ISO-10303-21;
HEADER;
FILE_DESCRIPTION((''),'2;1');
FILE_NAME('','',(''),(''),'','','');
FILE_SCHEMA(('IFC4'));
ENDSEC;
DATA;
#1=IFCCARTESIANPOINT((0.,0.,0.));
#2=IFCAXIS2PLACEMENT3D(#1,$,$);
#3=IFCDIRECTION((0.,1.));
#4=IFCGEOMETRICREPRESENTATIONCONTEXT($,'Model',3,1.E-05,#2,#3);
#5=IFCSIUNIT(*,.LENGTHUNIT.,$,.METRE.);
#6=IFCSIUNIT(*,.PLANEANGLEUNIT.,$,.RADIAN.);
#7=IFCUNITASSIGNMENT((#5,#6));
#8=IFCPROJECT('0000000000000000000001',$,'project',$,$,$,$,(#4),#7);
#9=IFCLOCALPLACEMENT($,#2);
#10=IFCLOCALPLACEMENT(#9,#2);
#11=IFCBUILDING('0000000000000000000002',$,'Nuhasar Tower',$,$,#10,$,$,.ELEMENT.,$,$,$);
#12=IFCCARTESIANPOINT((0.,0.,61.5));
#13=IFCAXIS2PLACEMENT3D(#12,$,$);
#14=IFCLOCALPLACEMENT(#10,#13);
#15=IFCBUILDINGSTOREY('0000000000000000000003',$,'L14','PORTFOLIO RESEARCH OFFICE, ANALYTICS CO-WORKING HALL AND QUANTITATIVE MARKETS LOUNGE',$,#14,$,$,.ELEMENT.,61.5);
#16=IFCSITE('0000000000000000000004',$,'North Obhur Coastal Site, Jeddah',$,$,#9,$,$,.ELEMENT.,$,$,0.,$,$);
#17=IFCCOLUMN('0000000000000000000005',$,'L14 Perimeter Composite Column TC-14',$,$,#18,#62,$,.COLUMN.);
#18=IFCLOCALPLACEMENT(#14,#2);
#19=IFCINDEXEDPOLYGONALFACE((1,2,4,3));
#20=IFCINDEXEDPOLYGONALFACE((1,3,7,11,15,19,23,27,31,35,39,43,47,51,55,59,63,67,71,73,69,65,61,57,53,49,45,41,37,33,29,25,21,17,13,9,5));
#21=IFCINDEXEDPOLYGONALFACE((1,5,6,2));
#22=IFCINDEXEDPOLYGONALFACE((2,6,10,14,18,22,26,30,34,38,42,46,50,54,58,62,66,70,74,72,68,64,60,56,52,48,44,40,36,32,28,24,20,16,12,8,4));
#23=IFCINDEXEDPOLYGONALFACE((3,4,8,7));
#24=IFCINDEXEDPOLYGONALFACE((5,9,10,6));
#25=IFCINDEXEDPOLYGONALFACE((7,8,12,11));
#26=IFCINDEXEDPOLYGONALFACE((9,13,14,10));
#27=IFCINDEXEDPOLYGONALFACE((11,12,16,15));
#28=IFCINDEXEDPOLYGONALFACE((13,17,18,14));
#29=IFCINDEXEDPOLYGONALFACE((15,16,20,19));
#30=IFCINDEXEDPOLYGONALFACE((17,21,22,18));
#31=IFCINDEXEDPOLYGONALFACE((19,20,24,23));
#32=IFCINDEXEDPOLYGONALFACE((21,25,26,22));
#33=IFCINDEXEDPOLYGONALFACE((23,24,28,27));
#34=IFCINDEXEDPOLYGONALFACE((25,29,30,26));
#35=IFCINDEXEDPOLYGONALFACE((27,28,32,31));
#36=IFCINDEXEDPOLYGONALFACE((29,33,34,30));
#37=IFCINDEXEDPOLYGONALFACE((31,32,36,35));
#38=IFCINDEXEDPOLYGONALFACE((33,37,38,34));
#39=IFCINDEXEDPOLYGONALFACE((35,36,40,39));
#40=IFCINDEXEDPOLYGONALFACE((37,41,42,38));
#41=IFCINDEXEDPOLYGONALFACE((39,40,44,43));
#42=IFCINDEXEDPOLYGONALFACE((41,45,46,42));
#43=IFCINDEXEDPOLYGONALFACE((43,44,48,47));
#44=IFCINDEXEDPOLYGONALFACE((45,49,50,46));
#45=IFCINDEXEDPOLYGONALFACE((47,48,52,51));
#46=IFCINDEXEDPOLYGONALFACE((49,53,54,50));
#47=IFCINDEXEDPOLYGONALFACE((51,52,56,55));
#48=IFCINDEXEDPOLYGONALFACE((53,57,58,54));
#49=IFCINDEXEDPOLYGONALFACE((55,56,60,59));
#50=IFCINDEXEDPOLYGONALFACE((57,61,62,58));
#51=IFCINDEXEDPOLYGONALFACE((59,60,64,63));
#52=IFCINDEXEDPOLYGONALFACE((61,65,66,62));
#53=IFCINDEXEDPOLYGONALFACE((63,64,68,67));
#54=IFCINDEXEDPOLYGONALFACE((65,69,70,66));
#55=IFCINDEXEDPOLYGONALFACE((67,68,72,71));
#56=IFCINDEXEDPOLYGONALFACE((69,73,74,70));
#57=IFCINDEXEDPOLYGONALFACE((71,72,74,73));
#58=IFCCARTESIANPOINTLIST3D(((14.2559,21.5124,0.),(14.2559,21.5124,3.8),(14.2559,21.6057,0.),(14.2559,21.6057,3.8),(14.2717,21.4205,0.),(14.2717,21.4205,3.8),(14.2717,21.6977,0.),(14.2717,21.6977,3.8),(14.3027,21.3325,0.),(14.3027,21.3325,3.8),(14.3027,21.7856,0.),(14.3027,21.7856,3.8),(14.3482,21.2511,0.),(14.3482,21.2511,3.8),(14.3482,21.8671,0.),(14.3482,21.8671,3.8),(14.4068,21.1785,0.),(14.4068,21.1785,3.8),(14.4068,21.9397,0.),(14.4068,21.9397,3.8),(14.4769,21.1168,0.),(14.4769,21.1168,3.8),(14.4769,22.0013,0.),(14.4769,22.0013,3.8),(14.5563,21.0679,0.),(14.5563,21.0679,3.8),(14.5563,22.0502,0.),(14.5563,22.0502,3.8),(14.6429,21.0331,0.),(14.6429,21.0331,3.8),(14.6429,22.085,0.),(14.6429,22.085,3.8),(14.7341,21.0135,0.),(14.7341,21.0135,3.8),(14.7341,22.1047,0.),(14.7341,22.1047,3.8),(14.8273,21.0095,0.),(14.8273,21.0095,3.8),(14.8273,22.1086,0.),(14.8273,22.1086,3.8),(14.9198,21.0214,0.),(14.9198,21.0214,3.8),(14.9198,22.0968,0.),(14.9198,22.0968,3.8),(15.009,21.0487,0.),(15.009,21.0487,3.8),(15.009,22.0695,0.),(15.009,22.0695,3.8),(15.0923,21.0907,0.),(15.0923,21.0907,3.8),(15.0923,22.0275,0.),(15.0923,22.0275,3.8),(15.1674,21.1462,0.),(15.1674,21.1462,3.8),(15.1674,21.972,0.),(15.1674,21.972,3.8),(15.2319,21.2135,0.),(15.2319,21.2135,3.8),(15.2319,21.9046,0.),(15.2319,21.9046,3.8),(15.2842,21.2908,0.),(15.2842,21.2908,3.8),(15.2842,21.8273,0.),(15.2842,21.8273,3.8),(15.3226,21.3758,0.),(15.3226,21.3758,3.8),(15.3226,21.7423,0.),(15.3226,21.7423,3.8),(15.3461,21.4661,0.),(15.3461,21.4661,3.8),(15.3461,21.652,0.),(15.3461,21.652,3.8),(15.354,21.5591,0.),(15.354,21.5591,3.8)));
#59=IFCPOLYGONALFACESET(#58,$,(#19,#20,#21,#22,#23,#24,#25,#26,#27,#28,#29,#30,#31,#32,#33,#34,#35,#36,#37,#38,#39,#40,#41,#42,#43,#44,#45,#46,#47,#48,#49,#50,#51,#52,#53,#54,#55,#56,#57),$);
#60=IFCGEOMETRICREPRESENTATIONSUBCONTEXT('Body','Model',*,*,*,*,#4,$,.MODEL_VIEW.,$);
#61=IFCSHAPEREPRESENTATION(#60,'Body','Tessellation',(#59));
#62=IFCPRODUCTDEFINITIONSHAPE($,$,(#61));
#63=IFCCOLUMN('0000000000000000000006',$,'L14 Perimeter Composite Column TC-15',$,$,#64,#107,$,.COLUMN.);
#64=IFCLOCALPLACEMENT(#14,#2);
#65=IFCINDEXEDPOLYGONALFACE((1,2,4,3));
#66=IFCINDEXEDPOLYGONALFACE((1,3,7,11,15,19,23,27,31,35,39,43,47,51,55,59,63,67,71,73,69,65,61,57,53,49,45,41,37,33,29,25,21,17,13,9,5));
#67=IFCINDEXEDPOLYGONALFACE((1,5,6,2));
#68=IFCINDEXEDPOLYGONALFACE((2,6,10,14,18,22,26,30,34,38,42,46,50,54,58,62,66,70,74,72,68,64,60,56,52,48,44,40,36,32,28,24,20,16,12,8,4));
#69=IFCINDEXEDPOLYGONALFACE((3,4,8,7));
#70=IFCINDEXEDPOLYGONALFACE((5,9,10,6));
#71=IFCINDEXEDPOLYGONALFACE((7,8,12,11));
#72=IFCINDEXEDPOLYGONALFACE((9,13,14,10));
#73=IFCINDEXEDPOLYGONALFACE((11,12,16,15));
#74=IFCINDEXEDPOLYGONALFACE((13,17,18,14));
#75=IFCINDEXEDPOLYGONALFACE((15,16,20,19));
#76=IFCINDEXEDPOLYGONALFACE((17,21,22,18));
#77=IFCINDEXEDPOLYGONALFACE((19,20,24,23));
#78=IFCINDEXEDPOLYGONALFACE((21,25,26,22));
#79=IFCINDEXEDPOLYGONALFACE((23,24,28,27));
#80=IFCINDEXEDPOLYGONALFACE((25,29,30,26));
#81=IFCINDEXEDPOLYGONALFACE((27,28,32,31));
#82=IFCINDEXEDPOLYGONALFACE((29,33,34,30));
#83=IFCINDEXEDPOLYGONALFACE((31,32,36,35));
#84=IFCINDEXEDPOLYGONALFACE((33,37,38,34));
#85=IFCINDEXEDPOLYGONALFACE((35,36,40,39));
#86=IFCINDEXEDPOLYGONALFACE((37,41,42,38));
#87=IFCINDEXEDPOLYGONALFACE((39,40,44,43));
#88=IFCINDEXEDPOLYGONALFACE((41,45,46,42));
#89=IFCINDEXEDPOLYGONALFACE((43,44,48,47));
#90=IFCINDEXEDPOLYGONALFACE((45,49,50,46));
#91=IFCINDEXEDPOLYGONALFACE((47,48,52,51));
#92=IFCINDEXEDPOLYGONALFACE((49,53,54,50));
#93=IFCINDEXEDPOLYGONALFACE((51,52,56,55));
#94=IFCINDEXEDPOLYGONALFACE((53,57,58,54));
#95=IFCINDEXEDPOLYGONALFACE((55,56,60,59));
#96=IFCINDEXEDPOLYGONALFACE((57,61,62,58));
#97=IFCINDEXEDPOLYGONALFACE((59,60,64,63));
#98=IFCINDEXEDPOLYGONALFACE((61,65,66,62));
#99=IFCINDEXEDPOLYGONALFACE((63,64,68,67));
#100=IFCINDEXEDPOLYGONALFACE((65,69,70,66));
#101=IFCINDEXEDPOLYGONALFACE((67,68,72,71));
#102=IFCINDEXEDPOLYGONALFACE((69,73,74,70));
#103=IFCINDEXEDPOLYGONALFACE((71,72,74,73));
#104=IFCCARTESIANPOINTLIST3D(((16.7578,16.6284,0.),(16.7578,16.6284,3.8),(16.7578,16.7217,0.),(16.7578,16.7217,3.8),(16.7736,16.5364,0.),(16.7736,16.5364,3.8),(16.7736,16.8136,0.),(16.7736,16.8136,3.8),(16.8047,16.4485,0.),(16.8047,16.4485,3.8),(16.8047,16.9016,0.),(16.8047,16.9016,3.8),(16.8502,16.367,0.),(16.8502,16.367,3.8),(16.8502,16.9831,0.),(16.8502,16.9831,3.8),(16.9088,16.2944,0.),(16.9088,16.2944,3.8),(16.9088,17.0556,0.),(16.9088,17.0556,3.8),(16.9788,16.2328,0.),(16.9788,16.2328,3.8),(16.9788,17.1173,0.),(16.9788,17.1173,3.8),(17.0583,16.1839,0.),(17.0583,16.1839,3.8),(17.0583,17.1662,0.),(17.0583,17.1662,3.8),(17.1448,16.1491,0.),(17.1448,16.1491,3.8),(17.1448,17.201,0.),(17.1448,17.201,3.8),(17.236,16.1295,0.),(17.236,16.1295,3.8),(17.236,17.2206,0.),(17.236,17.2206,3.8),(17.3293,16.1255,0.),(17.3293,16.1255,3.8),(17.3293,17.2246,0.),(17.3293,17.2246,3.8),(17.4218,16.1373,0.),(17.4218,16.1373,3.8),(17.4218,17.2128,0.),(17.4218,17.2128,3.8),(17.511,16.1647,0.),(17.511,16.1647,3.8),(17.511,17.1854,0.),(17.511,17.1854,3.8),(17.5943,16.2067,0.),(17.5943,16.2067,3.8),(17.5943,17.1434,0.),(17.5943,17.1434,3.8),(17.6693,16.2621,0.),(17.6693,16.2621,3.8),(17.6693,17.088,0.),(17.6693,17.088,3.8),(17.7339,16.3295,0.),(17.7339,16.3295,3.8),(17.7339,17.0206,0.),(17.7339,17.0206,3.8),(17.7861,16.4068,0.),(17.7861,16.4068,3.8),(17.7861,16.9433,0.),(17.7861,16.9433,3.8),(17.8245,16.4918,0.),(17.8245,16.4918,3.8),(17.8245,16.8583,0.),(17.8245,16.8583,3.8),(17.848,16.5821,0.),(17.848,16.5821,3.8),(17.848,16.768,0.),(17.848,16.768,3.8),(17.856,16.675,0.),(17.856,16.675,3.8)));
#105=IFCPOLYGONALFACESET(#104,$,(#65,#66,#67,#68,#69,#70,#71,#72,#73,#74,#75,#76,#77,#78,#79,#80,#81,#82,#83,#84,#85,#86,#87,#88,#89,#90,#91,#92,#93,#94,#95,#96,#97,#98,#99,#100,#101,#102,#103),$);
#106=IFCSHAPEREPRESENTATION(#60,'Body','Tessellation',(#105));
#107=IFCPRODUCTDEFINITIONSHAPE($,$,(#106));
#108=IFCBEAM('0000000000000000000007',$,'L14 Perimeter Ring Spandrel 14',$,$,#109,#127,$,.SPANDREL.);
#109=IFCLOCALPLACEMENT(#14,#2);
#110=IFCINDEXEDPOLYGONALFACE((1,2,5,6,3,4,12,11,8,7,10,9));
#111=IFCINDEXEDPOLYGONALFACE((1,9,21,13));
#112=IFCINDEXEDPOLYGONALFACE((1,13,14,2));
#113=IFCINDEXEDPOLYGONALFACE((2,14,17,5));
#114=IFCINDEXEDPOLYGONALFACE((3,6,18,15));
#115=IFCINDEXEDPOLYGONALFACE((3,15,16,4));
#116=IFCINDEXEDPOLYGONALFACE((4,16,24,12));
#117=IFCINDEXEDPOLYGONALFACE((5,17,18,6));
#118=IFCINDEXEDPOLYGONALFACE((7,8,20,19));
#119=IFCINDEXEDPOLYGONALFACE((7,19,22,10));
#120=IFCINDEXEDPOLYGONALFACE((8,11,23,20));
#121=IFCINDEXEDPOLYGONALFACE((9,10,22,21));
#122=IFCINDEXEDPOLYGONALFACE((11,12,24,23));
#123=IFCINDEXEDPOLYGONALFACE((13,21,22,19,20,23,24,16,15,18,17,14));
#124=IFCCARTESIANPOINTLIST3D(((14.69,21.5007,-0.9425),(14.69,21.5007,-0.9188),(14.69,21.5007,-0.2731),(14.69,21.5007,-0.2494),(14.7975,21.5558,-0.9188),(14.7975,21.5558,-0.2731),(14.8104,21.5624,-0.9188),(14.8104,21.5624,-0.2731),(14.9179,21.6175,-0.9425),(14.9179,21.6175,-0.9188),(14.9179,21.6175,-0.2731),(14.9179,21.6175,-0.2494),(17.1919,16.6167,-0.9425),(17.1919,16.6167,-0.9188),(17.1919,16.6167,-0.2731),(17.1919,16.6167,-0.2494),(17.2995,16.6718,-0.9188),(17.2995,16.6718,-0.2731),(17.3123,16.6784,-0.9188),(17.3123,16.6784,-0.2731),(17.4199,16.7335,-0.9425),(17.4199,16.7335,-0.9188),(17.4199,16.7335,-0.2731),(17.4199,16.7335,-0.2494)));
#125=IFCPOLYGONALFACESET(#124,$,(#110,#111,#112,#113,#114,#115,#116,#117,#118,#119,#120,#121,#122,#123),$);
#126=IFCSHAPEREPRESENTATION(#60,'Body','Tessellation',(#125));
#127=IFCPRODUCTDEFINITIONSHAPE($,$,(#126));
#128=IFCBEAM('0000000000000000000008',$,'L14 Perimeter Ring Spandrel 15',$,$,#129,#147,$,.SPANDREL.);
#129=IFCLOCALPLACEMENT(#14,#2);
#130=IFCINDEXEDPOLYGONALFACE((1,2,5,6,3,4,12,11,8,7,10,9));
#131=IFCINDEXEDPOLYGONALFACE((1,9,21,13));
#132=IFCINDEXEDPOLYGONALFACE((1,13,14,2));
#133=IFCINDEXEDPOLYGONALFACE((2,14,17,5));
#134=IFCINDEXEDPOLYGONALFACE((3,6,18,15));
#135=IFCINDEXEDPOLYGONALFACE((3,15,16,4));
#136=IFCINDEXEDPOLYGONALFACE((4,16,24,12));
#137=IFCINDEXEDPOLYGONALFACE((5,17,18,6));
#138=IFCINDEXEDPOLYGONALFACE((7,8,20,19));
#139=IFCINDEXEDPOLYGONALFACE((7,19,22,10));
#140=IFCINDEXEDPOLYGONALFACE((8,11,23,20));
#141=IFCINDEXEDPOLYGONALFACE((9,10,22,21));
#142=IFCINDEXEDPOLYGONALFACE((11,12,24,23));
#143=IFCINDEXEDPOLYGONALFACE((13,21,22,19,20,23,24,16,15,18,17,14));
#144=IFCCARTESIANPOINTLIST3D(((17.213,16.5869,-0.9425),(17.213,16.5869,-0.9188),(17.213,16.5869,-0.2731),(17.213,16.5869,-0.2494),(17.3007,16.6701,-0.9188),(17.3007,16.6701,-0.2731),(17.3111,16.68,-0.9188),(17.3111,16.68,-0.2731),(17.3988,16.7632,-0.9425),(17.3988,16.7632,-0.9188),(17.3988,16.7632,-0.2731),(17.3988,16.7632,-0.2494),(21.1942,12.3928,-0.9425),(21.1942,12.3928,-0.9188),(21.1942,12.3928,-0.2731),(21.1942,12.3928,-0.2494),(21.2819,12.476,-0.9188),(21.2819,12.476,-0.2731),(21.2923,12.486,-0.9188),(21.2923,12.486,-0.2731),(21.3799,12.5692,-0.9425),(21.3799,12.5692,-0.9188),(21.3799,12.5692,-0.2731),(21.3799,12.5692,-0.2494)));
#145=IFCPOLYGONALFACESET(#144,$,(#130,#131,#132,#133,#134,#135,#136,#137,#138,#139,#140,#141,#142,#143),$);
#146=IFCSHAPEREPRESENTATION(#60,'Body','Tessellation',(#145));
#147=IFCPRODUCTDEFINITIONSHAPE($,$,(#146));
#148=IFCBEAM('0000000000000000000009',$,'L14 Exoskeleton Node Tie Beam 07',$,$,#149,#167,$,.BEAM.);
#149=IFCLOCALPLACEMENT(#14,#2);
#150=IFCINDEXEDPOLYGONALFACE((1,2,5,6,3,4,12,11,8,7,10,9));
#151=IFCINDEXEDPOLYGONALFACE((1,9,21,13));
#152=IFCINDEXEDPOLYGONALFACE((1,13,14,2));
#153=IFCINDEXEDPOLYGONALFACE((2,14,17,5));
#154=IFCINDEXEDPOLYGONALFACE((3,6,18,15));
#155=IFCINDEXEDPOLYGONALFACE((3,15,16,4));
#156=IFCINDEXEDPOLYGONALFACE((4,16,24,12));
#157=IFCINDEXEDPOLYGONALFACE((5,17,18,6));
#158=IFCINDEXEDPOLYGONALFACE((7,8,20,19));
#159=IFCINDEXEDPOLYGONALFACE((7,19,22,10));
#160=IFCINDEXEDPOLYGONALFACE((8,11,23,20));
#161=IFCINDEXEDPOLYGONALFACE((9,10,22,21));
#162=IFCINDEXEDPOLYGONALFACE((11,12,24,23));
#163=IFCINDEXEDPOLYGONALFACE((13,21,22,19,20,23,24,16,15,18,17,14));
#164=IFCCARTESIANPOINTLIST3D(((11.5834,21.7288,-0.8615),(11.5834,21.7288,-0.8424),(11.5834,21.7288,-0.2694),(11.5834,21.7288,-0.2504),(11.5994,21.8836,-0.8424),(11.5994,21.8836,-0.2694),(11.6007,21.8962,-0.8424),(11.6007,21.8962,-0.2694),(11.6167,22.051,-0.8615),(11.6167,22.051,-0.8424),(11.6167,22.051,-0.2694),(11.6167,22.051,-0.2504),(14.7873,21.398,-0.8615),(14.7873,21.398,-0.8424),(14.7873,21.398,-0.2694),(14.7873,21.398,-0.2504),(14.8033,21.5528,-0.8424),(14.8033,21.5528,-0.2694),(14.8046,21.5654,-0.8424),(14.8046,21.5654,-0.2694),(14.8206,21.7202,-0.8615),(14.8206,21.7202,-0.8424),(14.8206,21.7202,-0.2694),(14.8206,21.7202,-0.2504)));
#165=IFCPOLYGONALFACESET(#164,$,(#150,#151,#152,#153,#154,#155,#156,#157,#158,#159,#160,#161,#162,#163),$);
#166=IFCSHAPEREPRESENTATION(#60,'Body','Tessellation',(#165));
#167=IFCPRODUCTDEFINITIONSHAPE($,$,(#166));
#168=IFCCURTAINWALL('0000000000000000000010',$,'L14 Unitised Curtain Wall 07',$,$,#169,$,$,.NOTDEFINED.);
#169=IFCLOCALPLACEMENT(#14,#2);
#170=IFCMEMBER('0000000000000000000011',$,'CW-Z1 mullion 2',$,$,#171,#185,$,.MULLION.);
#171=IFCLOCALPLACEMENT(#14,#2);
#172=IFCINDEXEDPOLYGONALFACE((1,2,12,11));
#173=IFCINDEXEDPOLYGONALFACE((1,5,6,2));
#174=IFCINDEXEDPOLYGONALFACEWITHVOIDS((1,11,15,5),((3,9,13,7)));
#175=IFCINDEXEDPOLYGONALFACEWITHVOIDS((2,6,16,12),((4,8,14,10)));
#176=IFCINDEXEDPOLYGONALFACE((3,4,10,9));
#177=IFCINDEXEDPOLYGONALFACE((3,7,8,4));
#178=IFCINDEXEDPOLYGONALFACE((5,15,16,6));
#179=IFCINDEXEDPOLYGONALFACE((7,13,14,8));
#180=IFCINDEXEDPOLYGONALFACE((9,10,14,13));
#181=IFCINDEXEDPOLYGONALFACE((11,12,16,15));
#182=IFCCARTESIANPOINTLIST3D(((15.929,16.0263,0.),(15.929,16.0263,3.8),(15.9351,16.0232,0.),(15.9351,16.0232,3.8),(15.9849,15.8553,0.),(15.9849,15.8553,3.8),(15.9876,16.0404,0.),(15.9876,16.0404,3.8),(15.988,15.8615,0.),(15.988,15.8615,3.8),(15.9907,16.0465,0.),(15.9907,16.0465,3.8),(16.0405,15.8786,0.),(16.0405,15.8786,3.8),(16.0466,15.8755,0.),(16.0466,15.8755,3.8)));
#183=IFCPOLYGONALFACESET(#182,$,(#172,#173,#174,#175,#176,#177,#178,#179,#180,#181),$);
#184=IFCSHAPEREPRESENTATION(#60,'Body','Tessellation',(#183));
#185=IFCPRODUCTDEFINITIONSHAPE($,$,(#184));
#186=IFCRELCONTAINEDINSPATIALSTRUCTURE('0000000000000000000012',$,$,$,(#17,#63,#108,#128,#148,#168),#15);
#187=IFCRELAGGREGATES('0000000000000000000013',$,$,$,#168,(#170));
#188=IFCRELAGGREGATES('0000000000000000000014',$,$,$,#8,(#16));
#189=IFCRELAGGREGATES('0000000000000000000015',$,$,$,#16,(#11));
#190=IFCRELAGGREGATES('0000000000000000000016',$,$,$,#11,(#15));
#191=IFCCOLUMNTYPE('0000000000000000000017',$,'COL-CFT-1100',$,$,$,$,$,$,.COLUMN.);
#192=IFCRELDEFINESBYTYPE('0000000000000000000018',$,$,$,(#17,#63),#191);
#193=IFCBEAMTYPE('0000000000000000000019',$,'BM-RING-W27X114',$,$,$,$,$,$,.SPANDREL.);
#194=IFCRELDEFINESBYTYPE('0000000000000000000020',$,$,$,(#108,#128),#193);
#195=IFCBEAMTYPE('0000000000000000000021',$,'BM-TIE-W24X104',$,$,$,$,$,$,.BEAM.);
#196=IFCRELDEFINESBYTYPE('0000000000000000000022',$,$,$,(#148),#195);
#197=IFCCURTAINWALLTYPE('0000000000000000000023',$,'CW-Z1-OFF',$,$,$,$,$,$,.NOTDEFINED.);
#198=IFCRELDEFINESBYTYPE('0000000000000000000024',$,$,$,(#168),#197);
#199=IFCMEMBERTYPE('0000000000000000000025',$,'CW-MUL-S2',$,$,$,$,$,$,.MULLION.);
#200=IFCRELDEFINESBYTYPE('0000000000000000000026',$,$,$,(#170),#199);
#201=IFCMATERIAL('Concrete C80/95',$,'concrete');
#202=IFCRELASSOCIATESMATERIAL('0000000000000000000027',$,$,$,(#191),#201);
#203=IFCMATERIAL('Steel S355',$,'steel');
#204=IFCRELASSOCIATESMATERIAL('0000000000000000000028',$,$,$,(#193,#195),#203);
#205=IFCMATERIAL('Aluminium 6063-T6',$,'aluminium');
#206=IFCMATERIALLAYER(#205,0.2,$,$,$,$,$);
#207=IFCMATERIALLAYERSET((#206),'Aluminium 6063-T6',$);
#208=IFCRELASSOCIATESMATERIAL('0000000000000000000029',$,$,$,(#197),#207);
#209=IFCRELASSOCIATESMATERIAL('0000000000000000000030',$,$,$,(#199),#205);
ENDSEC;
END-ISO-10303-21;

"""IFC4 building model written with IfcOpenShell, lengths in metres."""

from ifc_helpers import new_model, si_unit, direction, frame, origin, origin_2d, place, context, subcontext, project, spatial, hollow_rectangle, circle, i_section, extrude, material, layer, layer_set, material_profile, profile_set, type_object, element, aggregate, save


model = new_model("IFC4")

# Units and contexts
model_context = context("Model", 3, precision=1e-05, world=origin(), true_north=direction((0.0, 1.0)))
body_context = subcontext(model_context, "Body", "Model", "MODEL_VIEW")
ifc_project = project(units=[si_unit("LENGTHUNIT", "METRE"), si_unit("PLANEANGLEUNIT", "RADIAN")], contexts=[model_context])

# Site, building, storey
site_placement = place(None, origin())
site = spatial("IfcSite", under=ifc_project, at=site_placement, Name="North Obhur Coastal Site, Jeddah", CompositionType="ELEMENT", RefElevation=0.0)
building_placement = place(site_placement, origin())
building = spatial("IfcBuilding", under=site, at=building_placement, Name="Nuhasar Tower", CompositionType="ELEMENT")
storey_placement = place(building_placement, frame((0.0, 0.0, 61.5)))
storey = spatial("IfcBuildingStorey", under=building, at=storey_placement, Name="L14", Description="PORTFOLIO RESEARCH OFFICE, ANALYTICS CO-WORKING HALL AND QUANTITATIVE MARKETS LOUNGE", CompositionType="ELEMENT", Elevation=61.5)

# Columns
ifc_material_1 = material(Name="Concrete C80/95", Category="concrete")
ifc_material_profile_1 = material_profile(ifc_material_1, circle(Radius=0.55, at=origin_2d()), Name="CFT1100")
ifc_profile_set_1 = profile_set([ifc_material_profile_1], Name="Concrete C80/95")
column_type = type_object("IfcColumnType", Name="COL-CFT-1100", PredefinedType="COLUMN", material=ifc_profile_set_1)
for number, where, z_axis, x_axis, name in (
    (1, (14.804, 21.5591, 0.0), (0.0, 0.0, 1.0), (1.0, 0.0, 0.0), "L14 Perimeter Composite Column TC-14"),
    (2, (17.3059, 16.675, 0.0), (0.0, 0.0, 1.0), (1.0, 0.0, 0.0), "L14 Perimeter Composite Column TC-15"),
):
    element("IfcColumn", number, at=place(storey_placement, frame(where, z_axis=z_axis, x_axis=x_axis)), inside=storey, type_object=column_type, Name=name, PredefinedType="COLUMN", context=body_context, shape_type="SweptSolid", body=[
        extrude(circle(Radius=0.55, at=origin_2d()), origin(), (0.0, 0.0, 1.0), 3.8),
    ])

# Beams
ifc_material_2 = material(Name="Steel S355", Category="steel")
ifc_material_profile_2 = material_profile(ifc_material_2, i_section(OverallWidth=0.2561, OverallDepth=0.6931, WebThickness=0.0144, FlangeThickness=0.0237, at=origin_2d()), Name="W27X114")
ifc_profile_set_2 = profile_set([ifc_material_profile_2], Name="Steel S355")
beam_type_1 = type_object("IfcBeamType", Name="BM-RING-W27X114", PredefinedType="SPANDREL", material=ifc_profile_set_2)
beam_1_placement = place(storey_placement, frame((14.804, 21.5591, -0.5959), z_axis=(0.45593, -0.890016, 0.0), x_axis=(0.890016, 0.45593, 0.0)))
element("IfcBeam", 3, at=beam_1_placement, inside=storey, type_object=beam_type_1, Name="L14 Perimeter Ring Spandrel 14", PredefinedType="SPANDREL", context=body_context, shape_type="SweptSolid", body=[
    extrude(i_section(OverallWidth=0.2561, OverallDepth=0.6931, WebThickness=0.0144, FlangeThickness=0.0237, at=origin_2d()), origin(), (0.0, 0.0, 1.0), 5.4875),
])
beam_2_placement = place(storey_placement, frame((17.3059, 16.675, -0.5959), z_axis=(0.68846, -0.725274, 0.0), x_axis=(0.725274, 0.68846, 0.0)))
element("IfcBeam", 4, at=beam_2_placement, inside=storey, type_object=beam_type_1, Name="L14 Perimeter Ring Spandrel 15", PredefinedType="SPANDREL", context=body_context, shape_type="SweptSolid", body=[
    extrude(i_section(OverallWidth=0.2561, OverallDepth=0.6931, WebThickness=0.0144, FlangeThickness=0.0237, at=origin_2d()), origin(), (0.0, 0.0, 1.0), 5.7827),
])
ifc_material_profile_3 = material_profile(ifc_material_2, i_section(OverallWidth=0.324, OverallDepth=0.6111, WebThickness=0.0127, FlangeThickness=0.019, at=origin_2d()), Name="W24X104")
ifc_profile_set_3 = profile_set([ifc_material_profile_3], Name="Steel S355")
beam_type_2 = type_object("IfcBeamType", Name="BM-TIE-W24X104", PredefinedType="BEAM", material=ifc_profile_set_3)
beam_3_placement = place(storey_placement, frame((14.804, 21.5591, -0.5559), z_axis=(-0.994712, 0.102708, 0.0), x_axis=(-0.102708, -0.994712, 0.0)))
element("IfcBeam", 5, at=beam_3_placement, inside=storey, type_object=beam_type_2, Name="L14 Exoskeleton Node Tie Beam 07", PredefinedType="BEAM", context=body_context, shape_type="SweptSolid", body=[
    extrude(i_section(OverallWidth=0.324, OverallDepth=0.6111, WebThickness=0.0127, FlangeThickness=0.019, at=origin_2d()), origin(), (0.0, 0.0, 1.0), 3.2209),
])

# Curtain wall, member
ifc_material_3 = material(Name="Aluminium 6063-T6", Category="aluminium")
ifc_layer_1 = layer(ifc_material_3, 0.2)
ifc_layer_set_1 = layer_set([ifc_layer_1], Name="Aluminium 6063-T6")
curtain_wall_type = type_object("IfcCurtainWallType", Name="CW-Z1-OFF", PredefinedType="NOTDEFINED", material=ifc_layer_set_1)
curtain_wall_1_placement = place(storey_placement, origin())
curtain_wall_1 = element("IfcCurtainWall", 6, at=curtain_wall_1_placement, inside=storey, type_object=curtain_wall_type, Name="L14 Unitised Curtain Wall 07", PredefinedType="NOTDEFINED")
ifc_material_profile_4 = material_profile(ifc_material_3, hollow_rectangle(XDim=0.0649, YDim=0.1799, WallThickness=0.0049, at=origin_2d()), Name="CWM-2")
ifc_profile_set_4 = profile_set([ifc_material_profile_4], Name="Aluminium 6063-T6")
member_type_1 = type_object("IfcMemberType", Name="CW-MUL-S2", PredefinedType="MULLION", material=ifc_profile_set_4)
member_1_placement = place(storey_placement, frame((15.9878, 15.9509, 0.0), z_axis=(0.0, 0.0, 1.0), x_axis=(0.950468, 0.310824, 0.0)))
member_1 = element("IfcMember", 7, at=member_1_placement, type_object=member_type_1, Name="CW-Z1 mullion 2", PredefinedType="MULLION", context=body_context, shape_type="SweptSolid", body=[
    extrude(hollow_rectangle(XDim=0.0649, YDim=0.1799, WallThickness=0.0049, at=origin_2d()), origin(), (0.0, 0.0, 1.0), 3.8),
])

aggregate(curtain_wall_1, [member_1])

save(model, "model.ifc")
